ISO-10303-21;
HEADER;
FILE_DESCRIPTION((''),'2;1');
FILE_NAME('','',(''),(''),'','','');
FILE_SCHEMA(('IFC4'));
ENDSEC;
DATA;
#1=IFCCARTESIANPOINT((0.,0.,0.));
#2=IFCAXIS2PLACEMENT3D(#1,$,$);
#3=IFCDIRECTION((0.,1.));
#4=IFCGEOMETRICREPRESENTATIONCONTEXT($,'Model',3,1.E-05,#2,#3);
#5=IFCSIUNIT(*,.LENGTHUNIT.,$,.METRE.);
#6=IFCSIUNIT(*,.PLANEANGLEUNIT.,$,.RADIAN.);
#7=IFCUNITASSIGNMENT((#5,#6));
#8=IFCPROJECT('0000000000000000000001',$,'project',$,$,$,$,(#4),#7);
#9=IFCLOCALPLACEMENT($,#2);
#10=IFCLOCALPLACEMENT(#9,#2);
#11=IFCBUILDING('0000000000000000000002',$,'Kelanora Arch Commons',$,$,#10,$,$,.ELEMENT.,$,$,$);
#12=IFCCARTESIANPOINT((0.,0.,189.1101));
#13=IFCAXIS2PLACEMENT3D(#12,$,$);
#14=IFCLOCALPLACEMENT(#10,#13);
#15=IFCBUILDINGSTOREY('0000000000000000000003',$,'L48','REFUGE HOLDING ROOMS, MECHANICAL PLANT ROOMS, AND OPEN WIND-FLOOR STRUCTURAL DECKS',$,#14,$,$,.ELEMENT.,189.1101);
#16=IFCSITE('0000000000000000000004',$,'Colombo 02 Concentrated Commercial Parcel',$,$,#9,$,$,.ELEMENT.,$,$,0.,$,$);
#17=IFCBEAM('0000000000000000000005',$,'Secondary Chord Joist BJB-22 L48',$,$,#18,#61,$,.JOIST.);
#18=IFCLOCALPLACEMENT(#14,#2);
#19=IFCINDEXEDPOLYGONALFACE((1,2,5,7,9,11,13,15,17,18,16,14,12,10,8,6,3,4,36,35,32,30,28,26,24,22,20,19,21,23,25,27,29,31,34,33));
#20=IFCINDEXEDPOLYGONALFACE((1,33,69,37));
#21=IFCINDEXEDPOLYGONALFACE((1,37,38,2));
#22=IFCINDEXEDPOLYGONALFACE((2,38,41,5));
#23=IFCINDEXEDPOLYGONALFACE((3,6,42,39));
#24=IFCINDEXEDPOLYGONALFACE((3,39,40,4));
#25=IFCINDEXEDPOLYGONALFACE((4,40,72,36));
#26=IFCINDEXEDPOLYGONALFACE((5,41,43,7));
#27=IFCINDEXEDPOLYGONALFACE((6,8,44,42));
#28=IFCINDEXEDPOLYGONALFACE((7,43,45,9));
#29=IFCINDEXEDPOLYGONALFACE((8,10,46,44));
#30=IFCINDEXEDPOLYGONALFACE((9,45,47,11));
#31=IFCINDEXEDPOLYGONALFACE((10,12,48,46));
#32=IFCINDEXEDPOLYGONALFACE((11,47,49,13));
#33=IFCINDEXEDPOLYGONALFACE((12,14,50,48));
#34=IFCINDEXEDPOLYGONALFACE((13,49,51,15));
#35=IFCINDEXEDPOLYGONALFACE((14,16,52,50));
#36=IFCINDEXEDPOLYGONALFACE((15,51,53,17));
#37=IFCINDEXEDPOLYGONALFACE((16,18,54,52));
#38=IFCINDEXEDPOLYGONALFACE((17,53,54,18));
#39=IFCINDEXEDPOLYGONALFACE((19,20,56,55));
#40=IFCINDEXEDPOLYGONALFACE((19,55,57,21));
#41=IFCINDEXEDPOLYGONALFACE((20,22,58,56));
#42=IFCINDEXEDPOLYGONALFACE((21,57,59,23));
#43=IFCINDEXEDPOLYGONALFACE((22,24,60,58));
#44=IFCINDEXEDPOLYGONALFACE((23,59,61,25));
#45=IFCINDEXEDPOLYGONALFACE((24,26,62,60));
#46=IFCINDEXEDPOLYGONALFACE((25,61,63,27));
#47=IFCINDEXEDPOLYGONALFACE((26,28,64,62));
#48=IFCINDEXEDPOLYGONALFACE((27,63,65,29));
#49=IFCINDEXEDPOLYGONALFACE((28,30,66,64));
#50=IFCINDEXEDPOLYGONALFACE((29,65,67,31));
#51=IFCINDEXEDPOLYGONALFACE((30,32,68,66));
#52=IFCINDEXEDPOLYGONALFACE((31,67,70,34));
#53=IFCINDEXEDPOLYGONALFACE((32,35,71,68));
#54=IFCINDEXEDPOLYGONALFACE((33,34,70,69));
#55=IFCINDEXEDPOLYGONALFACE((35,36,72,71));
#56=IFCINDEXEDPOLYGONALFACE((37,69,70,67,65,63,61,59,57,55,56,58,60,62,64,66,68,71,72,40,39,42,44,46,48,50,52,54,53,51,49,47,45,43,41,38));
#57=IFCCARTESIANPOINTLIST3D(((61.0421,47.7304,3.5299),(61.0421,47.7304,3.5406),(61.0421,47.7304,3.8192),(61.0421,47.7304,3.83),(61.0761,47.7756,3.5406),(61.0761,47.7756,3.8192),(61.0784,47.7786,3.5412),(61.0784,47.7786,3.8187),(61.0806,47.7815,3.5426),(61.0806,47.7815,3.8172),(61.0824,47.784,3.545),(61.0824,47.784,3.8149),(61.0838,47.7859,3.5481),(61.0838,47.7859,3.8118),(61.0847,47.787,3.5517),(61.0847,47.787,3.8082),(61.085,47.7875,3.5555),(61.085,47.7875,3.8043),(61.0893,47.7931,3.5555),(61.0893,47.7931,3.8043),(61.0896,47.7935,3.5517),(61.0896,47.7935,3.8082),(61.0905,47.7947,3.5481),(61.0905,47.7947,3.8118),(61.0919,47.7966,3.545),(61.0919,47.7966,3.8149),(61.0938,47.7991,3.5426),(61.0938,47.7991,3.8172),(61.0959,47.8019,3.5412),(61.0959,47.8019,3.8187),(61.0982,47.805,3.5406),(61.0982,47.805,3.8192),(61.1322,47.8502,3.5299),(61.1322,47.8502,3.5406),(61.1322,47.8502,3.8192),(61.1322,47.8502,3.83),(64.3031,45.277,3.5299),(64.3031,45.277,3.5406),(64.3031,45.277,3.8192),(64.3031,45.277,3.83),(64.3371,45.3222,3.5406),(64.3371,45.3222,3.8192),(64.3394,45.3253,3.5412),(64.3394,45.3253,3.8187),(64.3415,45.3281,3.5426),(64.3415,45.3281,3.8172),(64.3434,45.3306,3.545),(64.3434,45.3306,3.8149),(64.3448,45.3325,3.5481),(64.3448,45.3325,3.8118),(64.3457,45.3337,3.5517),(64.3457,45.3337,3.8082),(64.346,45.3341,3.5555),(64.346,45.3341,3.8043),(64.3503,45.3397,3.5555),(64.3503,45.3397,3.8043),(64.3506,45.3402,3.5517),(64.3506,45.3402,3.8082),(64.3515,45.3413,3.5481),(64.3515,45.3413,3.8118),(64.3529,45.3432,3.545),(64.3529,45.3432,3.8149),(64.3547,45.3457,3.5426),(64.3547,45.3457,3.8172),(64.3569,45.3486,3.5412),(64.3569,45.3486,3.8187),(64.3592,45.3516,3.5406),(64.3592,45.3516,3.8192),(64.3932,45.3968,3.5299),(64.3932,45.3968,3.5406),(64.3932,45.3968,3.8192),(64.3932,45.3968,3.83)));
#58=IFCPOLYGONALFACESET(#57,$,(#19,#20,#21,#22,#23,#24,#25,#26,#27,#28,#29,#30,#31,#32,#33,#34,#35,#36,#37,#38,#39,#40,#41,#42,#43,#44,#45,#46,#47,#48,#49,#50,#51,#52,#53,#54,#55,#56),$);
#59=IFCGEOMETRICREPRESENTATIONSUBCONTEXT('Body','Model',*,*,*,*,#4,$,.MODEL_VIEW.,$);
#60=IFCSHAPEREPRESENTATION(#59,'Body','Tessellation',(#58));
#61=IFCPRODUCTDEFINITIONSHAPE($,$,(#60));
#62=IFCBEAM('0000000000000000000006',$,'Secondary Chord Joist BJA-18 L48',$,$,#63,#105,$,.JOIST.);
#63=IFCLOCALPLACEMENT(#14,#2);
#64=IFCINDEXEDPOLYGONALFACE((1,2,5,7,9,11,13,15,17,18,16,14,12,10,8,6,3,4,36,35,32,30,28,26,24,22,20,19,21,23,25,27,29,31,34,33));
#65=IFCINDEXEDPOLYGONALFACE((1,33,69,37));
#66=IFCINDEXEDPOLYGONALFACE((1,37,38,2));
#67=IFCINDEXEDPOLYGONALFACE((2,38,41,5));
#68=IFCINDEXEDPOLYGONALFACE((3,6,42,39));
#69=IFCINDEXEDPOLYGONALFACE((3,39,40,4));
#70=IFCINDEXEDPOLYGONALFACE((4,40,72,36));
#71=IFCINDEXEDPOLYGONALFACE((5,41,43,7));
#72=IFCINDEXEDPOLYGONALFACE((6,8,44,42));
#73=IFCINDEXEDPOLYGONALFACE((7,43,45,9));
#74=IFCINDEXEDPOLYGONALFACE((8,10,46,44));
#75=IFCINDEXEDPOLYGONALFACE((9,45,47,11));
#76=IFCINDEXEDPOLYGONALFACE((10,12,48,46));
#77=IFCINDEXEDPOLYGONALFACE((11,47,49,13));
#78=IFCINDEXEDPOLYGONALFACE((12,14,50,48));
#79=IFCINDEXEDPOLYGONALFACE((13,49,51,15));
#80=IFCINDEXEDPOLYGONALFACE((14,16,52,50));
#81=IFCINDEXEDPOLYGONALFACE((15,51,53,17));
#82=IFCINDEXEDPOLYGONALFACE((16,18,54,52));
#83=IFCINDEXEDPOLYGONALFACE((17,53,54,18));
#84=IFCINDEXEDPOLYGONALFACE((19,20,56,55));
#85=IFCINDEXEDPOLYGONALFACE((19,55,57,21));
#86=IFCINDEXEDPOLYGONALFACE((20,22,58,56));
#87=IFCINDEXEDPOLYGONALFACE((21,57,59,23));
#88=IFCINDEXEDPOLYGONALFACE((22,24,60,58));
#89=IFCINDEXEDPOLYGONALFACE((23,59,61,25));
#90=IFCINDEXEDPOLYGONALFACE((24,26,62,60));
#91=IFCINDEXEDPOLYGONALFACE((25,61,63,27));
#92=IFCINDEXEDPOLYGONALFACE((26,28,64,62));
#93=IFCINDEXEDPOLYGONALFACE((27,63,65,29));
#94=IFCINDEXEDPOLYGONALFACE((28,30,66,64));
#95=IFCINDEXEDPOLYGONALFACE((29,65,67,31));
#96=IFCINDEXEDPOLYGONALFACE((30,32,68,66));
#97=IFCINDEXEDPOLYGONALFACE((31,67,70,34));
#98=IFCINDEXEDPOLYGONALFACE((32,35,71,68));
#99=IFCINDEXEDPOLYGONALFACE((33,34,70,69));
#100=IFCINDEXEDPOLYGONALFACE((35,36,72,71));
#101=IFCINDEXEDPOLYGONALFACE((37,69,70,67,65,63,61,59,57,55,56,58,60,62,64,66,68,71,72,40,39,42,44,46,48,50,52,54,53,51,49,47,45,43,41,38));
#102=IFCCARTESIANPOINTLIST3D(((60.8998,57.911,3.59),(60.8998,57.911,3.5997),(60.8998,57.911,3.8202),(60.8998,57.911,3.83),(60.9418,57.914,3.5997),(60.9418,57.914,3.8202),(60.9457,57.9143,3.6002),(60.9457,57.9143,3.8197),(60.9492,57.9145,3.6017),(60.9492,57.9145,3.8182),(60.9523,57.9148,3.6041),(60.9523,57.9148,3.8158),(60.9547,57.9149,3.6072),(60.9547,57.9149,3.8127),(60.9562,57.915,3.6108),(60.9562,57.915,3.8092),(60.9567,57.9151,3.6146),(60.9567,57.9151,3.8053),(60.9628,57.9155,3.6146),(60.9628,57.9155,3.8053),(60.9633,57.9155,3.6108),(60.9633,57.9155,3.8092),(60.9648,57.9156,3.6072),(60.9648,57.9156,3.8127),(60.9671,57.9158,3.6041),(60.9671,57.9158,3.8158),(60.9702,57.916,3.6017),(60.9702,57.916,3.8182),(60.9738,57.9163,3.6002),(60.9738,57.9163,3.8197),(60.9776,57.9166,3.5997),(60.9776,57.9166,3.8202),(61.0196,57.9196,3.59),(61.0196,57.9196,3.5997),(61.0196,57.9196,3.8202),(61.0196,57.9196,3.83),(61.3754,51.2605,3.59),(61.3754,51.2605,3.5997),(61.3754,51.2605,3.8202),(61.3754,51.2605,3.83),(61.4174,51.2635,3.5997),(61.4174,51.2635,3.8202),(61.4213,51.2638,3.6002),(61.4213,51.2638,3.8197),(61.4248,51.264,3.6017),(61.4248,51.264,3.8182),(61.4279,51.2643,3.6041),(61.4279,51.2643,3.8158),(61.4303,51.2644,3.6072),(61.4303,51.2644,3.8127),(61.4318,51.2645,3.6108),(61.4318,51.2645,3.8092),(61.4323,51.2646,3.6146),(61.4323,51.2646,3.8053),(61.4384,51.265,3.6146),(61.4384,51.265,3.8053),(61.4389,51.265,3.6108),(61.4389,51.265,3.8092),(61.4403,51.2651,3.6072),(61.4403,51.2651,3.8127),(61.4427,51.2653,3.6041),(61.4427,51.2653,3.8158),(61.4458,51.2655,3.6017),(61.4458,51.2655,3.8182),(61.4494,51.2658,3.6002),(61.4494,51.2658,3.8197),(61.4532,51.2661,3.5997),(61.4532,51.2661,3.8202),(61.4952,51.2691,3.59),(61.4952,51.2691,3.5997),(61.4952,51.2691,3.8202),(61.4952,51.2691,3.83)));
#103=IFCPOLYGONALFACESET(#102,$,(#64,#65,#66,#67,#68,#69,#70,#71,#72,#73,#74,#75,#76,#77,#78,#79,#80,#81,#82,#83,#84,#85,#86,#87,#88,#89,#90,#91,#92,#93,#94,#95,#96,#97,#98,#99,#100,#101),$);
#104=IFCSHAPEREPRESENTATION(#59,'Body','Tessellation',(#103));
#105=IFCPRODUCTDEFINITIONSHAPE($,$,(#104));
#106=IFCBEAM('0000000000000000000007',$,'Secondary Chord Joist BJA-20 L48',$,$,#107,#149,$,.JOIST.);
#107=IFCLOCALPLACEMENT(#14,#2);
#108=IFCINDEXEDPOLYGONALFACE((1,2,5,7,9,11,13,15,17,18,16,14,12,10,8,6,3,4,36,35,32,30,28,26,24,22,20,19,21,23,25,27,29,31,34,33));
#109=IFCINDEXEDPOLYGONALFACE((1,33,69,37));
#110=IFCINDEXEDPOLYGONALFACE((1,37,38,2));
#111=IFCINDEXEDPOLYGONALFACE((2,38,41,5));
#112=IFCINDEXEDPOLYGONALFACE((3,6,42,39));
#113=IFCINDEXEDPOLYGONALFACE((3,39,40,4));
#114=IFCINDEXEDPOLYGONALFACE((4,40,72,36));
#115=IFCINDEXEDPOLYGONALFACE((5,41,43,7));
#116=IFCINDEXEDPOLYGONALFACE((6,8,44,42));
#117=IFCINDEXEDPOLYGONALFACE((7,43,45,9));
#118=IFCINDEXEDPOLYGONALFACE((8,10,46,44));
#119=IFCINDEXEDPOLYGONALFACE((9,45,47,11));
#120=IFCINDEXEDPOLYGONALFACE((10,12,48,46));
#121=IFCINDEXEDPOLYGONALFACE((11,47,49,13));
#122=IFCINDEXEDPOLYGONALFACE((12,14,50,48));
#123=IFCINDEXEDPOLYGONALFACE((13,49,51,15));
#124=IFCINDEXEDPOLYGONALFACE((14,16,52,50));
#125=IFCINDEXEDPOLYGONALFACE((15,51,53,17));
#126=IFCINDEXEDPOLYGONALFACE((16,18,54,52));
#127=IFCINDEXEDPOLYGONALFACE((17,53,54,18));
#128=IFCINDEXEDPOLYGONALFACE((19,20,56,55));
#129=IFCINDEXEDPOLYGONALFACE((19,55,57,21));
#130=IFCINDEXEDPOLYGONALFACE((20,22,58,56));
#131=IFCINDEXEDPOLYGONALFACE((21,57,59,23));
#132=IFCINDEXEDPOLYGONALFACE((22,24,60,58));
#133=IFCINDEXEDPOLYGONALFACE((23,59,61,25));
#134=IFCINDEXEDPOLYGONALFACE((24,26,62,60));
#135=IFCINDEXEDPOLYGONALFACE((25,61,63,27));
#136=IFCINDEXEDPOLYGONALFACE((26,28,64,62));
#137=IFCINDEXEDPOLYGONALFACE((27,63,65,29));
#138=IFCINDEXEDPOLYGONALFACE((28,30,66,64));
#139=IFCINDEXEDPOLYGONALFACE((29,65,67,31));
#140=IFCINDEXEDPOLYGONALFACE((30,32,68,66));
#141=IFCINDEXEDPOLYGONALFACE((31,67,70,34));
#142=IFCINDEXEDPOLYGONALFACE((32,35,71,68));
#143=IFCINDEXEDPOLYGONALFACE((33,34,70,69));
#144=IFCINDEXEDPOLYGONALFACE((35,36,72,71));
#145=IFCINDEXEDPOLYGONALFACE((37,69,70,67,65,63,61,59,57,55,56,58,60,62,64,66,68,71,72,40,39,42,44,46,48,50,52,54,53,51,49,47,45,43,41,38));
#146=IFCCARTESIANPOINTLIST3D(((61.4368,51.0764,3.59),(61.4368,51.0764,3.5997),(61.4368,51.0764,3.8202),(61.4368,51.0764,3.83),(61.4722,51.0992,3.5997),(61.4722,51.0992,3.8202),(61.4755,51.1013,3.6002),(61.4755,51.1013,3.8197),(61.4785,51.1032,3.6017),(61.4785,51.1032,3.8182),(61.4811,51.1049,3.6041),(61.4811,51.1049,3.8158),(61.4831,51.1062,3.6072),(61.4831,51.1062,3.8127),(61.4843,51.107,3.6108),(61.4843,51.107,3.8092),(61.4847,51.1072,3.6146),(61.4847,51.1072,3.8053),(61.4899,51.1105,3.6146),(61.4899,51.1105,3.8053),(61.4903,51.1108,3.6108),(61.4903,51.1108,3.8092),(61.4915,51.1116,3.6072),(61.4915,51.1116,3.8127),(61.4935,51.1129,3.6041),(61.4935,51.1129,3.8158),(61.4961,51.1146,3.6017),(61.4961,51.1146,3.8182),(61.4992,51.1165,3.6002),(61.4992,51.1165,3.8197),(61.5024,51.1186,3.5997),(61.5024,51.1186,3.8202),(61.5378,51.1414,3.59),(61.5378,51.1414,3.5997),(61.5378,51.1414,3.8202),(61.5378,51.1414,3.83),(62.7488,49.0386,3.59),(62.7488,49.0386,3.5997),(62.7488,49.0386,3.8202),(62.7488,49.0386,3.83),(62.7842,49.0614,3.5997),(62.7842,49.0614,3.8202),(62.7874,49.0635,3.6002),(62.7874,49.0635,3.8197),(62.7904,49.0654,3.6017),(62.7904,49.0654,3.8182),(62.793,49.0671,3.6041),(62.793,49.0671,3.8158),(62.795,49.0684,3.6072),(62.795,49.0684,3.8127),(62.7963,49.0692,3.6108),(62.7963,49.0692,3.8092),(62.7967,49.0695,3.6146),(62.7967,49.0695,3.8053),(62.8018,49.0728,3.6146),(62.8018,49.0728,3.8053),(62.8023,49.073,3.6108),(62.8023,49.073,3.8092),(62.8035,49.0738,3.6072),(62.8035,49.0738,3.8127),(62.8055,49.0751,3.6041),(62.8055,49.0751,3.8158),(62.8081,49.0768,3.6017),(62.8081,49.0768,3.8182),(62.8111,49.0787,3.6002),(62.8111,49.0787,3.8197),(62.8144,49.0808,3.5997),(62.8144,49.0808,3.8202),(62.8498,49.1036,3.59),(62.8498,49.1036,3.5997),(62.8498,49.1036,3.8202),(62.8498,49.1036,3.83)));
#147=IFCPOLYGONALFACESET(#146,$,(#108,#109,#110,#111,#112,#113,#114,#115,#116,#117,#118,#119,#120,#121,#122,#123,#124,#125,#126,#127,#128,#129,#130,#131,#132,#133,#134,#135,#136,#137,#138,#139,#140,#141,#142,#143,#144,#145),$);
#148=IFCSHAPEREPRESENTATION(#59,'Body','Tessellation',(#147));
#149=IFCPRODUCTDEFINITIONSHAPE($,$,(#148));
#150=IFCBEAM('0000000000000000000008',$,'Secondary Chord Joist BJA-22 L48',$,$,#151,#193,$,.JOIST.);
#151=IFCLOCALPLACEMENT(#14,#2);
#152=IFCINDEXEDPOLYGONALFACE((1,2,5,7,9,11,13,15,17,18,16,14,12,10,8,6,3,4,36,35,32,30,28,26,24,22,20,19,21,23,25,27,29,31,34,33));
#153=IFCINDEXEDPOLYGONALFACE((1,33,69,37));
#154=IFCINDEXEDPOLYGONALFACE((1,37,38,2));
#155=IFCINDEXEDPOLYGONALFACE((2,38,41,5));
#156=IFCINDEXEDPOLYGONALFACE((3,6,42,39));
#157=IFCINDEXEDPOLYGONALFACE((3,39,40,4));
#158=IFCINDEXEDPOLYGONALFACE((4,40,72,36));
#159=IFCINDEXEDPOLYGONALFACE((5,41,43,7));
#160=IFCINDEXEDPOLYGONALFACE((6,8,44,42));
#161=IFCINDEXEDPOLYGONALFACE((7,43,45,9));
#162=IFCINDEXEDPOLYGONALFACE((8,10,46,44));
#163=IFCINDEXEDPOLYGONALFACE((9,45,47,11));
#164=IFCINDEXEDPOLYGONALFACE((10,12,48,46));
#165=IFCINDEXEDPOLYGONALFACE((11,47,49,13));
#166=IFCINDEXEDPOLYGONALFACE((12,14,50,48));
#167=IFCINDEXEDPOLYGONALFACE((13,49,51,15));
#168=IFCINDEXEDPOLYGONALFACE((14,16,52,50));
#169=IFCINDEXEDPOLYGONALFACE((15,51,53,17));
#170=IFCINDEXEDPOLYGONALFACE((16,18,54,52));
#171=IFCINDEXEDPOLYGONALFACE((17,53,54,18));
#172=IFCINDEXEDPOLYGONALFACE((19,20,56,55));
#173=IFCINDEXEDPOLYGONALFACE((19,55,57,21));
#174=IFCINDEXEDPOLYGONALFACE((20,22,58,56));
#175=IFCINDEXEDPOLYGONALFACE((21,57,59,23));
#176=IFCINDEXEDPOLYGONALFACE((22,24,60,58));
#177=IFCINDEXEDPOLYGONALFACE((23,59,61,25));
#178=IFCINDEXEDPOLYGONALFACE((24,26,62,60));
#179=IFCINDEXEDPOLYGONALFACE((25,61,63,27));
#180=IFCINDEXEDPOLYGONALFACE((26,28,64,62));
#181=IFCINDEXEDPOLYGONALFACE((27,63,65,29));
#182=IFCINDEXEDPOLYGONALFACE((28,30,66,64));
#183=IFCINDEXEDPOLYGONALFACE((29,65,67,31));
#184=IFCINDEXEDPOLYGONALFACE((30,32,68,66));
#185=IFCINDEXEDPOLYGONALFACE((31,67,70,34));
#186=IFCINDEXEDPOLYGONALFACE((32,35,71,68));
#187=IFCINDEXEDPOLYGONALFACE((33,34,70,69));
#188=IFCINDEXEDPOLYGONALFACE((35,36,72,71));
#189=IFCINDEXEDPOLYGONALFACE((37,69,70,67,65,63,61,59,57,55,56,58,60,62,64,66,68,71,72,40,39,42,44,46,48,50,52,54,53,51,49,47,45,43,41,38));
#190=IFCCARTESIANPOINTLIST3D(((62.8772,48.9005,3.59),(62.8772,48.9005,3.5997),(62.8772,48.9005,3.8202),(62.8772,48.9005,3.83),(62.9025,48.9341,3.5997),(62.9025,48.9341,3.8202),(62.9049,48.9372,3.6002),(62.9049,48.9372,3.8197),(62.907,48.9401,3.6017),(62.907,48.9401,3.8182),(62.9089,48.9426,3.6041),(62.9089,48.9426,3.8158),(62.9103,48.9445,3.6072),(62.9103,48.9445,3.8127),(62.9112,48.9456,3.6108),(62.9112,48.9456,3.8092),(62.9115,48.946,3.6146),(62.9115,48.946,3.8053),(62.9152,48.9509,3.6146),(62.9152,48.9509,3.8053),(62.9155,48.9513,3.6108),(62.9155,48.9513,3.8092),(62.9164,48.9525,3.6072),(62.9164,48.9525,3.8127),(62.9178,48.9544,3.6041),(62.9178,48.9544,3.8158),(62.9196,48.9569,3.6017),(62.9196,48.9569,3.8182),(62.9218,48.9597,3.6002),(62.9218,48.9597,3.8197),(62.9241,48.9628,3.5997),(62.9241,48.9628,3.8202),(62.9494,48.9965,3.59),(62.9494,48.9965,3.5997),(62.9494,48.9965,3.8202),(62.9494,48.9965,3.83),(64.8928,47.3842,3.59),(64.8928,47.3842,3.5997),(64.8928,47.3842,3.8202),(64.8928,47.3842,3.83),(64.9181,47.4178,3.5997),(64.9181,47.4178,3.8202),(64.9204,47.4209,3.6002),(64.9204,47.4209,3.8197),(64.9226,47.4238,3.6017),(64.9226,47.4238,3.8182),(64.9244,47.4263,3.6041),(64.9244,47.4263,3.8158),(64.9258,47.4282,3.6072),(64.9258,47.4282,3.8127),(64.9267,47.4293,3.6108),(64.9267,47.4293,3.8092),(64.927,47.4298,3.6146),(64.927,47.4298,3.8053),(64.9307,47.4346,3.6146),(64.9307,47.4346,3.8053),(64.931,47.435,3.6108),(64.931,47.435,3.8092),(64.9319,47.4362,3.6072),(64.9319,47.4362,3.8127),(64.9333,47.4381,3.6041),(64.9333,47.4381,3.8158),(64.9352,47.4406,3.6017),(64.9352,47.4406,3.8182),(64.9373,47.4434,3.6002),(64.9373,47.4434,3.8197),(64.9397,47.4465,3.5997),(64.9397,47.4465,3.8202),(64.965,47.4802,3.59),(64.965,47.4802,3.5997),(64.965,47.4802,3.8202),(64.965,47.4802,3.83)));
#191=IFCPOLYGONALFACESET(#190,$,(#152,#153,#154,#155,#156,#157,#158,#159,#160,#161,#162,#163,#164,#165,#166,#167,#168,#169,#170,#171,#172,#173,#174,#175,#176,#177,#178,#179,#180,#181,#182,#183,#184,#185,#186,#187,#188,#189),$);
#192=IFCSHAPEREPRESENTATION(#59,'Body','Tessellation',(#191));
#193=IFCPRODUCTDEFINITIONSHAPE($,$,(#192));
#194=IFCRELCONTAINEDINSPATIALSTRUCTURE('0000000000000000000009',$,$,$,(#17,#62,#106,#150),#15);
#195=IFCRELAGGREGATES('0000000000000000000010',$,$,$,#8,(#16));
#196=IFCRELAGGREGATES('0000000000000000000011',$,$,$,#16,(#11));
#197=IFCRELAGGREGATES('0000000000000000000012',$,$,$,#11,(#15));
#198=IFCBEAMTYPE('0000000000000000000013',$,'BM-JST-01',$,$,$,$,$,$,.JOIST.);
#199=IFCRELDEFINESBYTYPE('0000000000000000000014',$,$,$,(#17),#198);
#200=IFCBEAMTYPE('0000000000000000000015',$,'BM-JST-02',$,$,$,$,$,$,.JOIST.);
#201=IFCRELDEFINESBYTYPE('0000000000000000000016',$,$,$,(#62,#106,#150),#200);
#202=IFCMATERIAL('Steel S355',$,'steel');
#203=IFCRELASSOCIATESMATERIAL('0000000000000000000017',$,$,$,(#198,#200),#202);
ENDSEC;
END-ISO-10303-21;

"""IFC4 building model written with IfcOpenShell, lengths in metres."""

from ifc_helpers import new_model, si_unit, direction, frame, origin, origin_2d, place, context, subcontext, project, spatial, i_section, extrude, material, material_profile, profile_set, type_object, element, save


model = new_model("IFC4")

# Units and contexts
model_context = context("Model", 3, precision=1e-05, world=origin(), true_north=direction((0.0, 1.0)))
body_context = subcontext(model_context, "Body", "Model", "MODEL_VIEW")
ifc_project = project(units=[si_unit("LENGTHUNIT", "METRE"), si_unit("PLANEANGLEUNIT", "RADIAN")], contexts=[model_context])

# Site, building, storey
site_placement = place(None, origin())
site = spatial("IfcSite", under=ifc_project, at=site_placement, Name="Colombo 02 Concentrated Commercial Parcel", CompositionType="ELEMENT", RefElevation=0.0)
building_placement = place(site_placement, origin())
building = spatial("IfcBuilding", under=site, at=building_placement, Name="Kelanora Arch Commons", CompositionType="ELEMENT")
storey_placement = place(building_placement, frame((0.0, 0.0, 189.1101)))
storey = spatial("IfcBuildingStorey", under=building, at=storey_placement, Name="L48", Description="REFUGE HOLDING ROOMS, MECHANICAL PLANT ROOMS, AND OPEN WIND-FLOOR STRUCTURAL DECKS", CompositionType="ELEMENT", Elevation=189.1101)

# Beams
ifc_material_1 = material(Name="Steel S355", Category="steel")
ifc_material_profile_1 = material_profile(ifc_material_1, i_section(OverallWidth=0.1499, OverallDepth=0.3, WebThickness=0.0071, FlangeThickness=0.0107, FilletRadius=0.0149, at=origin_2d()), Name="IPE300")
ifc_profile_set_1 = profile_set([ifc_material_profile_1], Name="Steel S355")
beam_type_1 = type_object("IfcBeamType", Name="BM-JST-01", PredefinedType="JOIST", material=ifc_profile_set_1)
beam_1_placement = place(storey_placement, frame((61.0872, 47.7903, 3.6799), z_axis=(0.799102, -0.601196, 0.0), x_axis=(0.601196, 0.799102, 0.0)))
element("IfcBeam", 1, at=beam_1_placement, inside=storey, type_object=beam_type_1, Name="Secondary Chord Joist BJB-22 L48", PredefinedType="JOIST", context=body_context, shape_type="SweptSolid", body=[
    extrude(i_section(OverallWidth=0.1499, OverallDepth=0.3, WebThickness=0.0071, FlangeThickness=0.0107, FilletRadius=0.0149, at=origin_2d()), origin(), (0.0, 0.0, 1.0), 4.0808),
])
ifc_material_profile_2 = material_profile(ifc_material_1, i_section(OverallWidth=0.1201, OverallDepth=0.24, WebThickness=0.0061, FlangeThickness=0.0098, FilletRadius=0.0149, at=origin_2d()), Name="IPE240")
ifc_profile_set_2 = profile_set([ifc_material_profile_2], Name="Steel S355")
beam_type_2 = type_object("IfcBeamType", Name="BM-JST-02", PredefinedType="JOIST", material=ifc_profile_set_2)
beam_2_placement = place(storey_placement, frame((60.9597, 57.9153, 3.71), z_axis=(0.07133, -0.997453, 0.0), x_axis=(0.997453, 0.07133, 0.0)))
element("IfcBeam", 2, at=beam_2_placement, inside=storey, type_object=beam_type_2, Name="Secondary Chord Joist BJA-18 L48", PredefinedType="JOIST", context=body_context, shape_type="SweptSolid", body=[
    extrude(i_section(OverallWidth=0.1201, OverallDepth=0.24, WebThickness=0.0061, FlangeThickness=0.0098, FilletRadius=0.0149, at=origin_2d()), origin(), (0.0, 0.0, 1.0), 6.6675),
])
beam_3_placement = place(storey_placement, frame((61.4873, 51.1089, 3.71), z_axis=(0.541333, -0.840808, 0.0), x_axis=(0.840808, 0.541333, 0.0)))
element("IfcBeam", 3, at=beam_3_placement, inside=storey, type_object=beam_type_2, Name="Secondary Chord Joist BJA-20 L48", PredefinedType="JOIST", context=body_context, shape_type="SweptSolid", body=[
    extrude(i_section(OverallWidth=0.1201, OverallDepth=0.24, WebThickness=0.0061, FlangeThickness=0.0098, FilletRadius=0.0149, at=origin_2d()), origin(), (0.0, 0.0, 1.0), 2.4236),
])
beam_4_placement = place(storey_placement, frame((62.9133, 48.9485, 3.71), z_axis=(0.799116, -0.601176, 0.0), x_axis=(0.601176, 0.799116, 0.0)))
element("IfcBeam", 4, at=beam_4_placement, inside=storey, type_object=beam_type_2, Name="Secondary Chord Joist BJA-22 L48", PredefinedType="JOIST", context=body_context, shape_type="SweptSolid", body=[
    extrude(i_section(OverallWidth=0.1201, OverallDepth=0.24, WebThickness=0.0061, FlangeThickness=0.0098, FilletRadius=0.0149, at=origin_2d()), origin(), (0.0, 0.0, 1.0), 2.5222),
])

save(model, "model.ifc")
